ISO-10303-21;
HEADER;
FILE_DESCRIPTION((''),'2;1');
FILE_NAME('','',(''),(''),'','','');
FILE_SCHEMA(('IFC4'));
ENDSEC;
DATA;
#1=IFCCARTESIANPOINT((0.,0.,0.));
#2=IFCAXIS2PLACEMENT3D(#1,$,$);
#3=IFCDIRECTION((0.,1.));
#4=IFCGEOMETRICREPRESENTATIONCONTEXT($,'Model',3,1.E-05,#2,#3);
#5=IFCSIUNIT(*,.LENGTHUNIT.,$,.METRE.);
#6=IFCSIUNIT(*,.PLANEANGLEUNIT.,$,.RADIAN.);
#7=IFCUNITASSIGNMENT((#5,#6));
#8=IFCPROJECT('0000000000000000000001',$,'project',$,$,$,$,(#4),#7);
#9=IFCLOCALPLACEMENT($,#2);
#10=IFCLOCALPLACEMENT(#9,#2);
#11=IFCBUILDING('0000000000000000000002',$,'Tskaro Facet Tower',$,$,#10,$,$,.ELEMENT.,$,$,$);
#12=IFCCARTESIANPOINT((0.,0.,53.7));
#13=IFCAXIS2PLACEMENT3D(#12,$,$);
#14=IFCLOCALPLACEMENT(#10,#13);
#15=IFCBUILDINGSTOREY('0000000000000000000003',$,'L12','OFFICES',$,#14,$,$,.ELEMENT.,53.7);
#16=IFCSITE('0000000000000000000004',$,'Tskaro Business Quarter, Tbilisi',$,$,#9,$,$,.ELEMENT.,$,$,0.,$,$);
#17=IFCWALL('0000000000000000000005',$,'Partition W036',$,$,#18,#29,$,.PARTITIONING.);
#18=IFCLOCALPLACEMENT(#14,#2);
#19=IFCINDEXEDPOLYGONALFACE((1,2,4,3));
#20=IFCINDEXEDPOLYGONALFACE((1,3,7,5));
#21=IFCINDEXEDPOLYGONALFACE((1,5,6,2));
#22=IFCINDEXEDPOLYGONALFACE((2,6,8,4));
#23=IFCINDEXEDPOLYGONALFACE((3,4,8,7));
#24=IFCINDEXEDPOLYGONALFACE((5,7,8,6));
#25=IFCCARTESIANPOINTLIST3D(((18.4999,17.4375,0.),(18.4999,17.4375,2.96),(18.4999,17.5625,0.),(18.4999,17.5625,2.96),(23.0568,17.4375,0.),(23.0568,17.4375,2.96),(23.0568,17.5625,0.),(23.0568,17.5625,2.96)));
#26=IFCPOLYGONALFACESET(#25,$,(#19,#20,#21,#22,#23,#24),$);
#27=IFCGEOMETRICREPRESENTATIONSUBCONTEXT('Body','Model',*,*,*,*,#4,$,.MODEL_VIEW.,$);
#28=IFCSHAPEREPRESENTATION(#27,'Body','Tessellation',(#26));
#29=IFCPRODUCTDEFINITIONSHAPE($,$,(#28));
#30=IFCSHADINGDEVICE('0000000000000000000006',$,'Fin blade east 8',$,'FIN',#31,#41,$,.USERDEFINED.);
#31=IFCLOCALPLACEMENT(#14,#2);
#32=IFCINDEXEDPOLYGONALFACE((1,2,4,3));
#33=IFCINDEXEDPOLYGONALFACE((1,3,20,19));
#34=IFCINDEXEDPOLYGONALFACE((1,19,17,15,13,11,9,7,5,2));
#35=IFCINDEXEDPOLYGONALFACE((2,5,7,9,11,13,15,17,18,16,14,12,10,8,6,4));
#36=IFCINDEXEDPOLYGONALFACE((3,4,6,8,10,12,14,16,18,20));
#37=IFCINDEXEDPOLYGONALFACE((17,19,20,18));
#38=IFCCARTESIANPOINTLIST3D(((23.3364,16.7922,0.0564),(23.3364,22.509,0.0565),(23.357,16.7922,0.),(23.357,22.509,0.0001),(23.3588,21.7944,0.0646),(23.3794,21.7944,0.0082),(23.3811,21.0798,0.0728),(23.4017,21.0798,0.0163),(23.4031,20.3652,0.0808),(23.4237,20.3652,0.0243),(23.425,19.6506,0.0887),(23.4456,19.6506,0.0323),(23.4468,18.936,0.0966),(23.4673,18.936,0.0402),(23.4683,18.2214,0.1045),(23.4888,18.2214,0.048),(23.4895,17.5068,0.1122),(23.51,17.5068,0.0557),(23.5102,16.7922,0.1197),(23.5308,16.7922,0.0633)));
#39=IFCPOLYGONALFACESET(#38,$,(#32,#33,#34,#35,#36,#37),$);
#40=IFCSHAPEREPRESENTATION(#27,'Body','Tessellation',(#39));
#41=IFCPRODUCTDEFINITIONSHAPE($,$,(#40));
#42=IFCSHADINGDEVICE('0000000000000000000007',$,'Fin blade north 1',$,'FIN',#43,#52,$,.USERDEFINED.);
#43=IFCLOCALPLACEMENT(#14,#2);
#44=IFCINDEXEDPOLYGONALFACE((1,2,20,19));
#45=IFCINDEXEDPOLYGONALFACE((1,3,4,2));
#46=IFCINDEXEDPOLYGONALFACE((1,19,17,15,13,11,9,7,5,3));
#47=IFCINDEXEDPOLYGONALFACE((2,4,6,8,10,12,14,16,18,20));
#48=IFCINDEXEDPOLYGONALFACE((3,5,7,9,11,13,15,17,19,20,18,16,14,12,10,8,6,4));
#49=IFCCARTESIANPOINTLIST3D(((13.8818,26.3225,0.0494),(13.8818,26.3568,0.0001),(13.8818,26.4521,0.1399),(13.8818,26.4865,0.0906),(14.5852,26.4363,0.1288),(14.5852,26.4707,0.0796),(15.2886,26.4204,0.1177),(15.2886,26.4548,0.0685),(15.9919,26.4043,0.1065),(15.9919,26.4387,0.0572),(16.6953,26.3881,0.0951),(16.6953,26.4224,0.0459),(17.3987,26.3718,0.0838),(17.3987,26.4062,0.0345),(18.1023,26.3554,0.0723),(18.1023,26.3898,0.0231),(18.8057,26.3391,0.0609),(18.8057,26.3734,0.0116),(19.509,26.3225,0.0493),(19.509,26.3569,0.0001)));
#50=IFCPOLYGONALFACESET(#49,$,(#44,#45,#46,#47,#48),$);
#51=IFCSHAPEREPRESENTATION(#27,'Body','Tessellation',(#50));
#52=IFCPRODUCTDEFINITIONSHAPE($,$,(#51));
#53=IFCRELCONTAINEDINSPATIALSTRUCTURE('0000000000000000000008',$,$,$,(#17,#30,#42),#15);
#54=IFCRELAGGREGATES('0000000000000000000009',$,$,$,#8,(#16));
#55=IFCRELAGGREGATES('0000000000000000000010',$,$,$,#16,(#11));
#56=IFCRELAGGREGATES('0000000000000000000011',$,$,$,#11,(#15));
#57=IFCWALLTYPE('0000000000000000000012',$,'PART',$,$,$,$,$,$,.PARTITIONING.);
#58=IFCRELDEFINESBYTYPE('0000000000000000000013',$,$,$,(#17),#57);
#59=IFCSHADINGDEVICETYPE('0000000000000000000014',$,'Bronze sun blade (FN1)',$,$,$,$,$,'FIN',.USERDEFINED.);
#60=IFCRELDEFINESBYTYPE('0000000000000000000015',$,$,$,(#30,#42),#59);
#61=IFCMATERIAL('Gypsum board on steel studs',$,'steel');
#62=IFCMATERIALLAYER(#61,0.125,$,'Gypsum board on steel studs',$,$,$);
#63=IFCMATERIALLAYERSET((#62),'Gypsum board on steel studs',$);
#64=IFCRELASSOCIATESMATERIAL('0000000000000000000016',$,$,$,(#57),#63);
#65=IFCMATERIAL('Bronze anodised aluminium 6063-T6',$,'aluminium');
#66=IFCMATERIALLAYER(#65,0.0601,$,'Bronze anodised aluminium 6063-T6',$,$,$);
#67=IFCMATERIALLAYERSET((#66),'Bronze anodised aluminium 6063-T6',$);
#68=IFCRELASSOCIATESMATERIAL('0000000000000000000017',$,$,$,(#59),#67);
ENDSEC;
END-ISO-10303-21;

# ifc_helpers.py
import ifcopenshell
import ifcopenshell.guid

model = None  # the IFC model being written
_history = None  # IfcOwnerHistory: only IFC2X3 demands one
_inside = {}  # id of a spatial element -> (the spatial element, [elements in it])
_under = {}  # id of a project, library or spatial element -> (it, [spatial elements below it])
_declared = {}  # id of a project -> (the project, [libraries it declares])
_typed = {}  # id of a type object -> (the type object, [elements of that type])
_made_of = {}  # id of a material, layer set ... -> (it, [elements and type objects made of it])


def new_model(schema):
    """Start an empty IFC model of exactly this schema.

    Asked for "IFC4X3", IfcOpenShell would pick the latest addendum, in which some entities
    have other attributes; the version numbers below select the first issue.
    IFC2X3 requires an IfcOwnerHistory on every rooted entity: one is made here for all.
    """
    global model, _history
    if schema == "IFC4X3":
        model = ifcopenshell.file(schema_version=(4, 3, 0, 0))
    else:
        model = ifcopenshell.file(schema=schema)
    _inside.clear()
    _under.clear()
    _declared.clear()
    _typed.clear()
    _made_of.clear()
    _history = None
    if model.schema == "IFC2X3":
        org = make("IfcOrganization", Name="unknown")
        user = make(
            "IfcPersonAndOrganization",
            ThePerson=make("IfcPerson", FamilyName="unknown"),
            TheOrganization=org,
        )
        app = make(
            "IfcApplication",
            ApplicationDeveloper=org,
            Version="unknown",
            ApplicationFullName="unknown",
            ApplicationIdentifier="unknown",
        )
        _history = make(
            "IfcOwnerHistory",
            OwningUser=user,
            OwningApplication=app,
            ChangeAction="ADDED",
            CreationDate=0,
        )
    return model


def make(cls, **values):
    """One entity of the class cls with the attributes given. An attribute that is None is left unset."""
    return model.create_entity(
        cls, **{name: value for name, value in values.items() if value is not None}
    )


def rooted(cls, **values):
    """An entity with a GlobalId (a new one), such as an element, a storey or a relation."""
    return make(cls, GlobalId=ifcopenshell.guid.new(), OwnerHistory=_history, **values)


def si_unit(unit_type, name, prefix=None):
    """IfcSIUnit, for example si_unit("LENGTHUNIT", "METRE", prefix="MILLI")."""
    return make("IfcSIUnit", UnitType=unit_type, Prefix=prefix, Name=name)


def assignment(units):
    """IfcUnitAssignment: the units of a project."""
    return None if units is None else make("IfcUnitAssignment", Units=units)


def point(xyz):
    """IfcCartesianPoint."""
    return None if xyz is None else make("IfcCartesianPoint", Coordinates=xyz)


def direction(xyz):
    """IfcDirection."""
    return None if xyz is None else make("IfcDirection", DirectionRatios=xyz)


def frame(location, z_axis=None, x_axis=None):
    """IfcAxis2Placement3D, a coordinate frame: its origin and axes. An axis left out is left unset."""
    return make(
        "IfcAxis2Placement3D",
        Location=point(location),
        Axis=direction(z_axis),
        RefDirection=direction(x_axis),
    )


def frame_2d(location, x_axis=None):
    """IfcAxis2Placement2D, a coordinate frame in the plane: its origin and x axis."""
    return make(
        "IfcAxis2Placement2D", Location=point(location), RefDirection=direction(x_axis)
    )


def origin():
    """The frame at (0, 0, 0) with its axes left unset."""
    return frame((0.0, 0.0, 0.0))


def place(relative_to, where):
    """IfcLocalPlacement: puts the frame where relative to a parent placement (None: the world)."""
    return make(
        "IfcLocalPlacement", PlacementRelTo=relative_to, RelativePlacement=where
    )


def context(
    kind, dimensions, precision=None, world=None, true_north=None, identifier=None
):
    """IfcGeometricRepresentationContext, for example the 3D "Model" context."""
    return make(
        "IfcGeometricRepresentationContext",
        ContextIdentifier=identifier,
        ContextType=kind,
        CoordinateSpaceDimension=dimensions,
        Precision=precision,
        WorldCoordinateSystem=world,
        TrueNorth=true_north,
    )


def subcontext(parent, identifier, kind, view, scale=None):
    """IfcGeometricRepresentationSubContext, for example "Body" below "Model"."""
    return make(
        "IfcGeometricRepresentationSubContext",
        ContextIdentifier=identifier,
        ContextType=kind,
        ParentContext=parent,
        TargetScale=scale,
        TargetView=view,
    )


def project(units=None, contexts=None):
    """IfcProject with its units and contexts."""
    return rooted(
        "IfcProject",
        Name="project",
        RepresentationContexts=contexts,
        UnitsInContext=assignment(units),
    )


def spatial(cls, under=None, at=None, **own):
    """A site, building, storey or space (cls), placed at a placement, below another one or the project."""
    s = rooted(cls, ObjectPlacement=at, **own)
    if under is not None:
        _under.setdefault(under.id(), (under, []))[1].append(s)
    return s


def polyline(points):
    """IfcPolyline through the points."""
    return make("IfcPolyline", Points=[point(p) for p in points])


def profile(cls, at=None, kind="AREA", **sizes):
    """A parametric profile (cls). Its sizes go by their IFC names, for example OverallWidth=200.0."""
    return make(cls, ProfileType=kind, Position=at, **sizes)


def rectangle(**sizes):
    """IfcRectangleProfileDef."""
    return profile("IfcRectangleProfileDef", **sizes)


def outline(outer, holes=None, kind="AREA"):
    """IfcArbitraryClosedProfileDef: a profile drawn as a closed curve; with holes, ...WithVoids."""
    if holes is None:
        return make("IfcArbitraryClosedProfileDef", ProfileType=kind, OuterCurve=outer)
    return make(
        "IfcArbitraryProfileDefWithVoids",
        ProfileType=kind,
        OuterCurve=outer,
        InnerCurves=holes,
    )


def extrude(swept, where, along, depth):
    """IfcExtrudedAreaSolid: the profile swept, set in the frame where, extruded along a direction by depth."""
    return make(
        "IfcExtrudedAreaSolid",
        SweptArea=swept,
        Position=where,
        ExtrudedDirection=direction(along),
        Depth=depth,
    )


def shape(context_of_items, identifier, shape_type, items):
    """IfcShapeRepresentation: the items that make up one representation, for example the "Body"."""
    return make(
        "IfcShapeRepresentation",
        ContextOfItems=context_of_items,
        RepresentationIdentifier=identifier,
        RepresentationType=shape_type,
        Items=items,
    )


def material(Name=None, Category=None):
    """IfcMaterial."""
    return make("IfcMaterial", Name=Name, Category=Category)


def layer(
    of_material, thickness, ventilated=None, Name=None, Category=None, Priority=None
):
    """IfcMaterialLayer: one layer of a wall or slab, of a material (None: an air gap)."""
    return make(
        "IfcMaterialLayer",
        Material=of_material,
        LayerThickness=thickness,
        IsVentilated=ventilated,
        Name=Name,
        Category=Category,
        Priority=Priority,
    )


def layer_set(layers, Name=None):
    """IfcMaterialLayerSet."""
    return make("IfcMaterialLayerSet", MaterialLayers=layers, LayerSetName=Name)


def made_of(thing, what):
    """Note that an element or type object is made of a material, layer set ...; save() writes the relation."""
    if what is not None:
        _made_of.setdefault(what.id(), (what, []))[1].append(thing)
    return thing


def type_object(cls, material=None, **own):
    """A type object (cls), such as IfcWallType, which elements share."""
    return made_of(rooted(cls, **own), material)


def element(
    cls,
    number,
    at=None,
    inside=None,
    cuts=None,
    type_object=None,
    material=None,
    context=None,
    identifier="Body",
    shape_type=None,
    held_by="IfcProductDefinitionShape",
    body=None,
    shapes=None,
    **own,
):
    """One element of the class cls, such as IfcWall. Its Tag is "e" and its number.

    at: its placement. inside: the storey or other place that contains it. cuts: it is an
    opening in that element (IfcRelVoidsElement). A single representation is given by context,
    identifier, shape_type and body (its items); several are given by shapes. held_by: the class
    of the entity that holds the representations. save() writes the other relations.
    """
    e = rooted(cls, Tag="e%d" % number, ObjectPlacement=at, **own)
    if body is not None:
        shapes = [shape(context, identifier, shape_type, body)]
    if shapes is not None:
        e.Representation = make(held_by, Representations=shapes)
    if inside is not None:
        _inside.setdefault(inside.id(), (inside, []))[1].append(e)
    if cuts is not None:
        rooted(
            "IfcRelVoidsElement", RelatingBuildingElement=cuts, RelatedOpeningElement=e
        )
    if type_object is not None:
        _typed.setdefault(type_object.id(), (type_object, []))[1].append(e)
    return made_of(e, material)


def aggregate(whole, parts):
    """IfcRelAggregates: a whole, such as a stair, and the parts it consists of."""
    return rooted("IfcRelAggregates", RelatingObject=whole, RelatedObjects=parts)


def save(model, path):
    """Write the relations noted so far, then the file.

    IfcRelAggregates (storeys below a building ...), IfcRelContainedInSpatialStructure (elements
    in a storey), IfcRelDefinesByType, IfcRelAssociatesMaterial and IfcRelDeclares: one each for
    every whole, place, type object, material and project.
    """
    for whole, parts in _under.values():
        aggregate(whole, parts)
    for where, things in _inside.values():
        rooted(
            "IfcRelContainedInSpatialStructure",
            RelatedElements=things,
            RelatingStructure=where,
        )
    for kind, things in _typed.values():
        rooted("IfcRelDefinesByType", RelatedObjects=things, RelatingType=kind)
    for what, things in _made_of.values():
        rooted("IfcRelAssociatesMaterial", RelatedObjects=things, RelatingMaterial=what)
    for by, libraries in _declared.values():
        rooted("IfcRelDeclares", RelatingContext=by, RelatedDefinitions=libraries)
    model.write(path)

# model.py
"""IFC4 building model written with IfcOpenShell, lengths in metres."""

from ifc_helpers import new_model, si_unit, direction, frame, frame_2d, origin, place, context, subcontext, project, spatial, polyline, rectangle, outline, extrude, material, layer, layer_set, type_object, element, save


model = new_model("IFC4")

# Units and contexts
model_context = context("Model", 3, precision=1e-05, world=origin(), true_north=direction((0.0, 1.0)))
body_context = subcontext(model_context, "Body", "Model", "MODEL_VIEW")
ifc_project = project(units=[si_unit("LENGTHUNIT", "METRE"), si_unit("PLANEANGLEUNIT", "RADIAN")], contexts=[model_context])

# Site, building, storey
site_placement = place(None, origin())
site = spatial("IfcSite", under=ifc_project, at=site_placement, Name="Tskaro Business Quarter, Tbilisi", CompositionType="ELEMENT", RefElevation=0.0)
building_placement = place(site_placement, origin())
building = spatial("IfcBuilding", under=site, at=building_placement, Name="Tskaro Facet Tower", CompositionType="ELEMENT")
storey_placement = place(building_placement, frame((0.0, 0.0, 53.7)))
storey = spatial("IfcBuildingStorey", under=building, at=storey_placement, Name="L12", Description="OFFICES", CompositionType="ELEMENT", Elevation=53.7)

# Shared definitions
ifc_material_1 = material(Name="Bronze anodised aluminium 6063-T6", Category="aluminium")

# Wall
ifc_material_2 = material(Name="Gypsum board on steel studs", Category="steel")
ifc_layer_1 = layer(ifc_material_2, 0.125, Name="Gypsum board on steel studs")
ifc_layer_set_1 = layer_set([ifc_layer_1], Name="Gypsum board on steel studs")
wall_type = type_object("IfcWallType", Name="PART", PredefinedType="PARTITIONING", material=ifc_layer_set_1)
wall_placement = place(storey_placement, frame((18.5, 17.5, 0.0), z_axis=(0.0, 0.0, 1.0), x_axis=(1.0, 0.0, 0.0)))
element("IfcWall", 1, at=wall_placement, inside=storey, type_object=wall_type, Name="Partition W036", PredefinedType="PARTITIONING", context=body_context, shape_type="SweptSolid", body=[
    extrude(rectangle(XDim=4.5569, YDim=0.125, at=frame_2d((2.2783, 0.0))), origin(), (0.0, 0.0, 1.0), 2.96),
])

# Shading devices
ifc_layer_2 = layer(ifc_material_1, 0.0601, Name="Bronze anodised aluminium 6063-T6")
ifc_layer_set_2 = layer_set([ifc_layer_2], Name="Bronze anodised aluminium 6063-T6")
shading_device_type = type_object("IfcShadingDeviceType", Name="Bronze sun blade (FN1)", ElementType="FIN", PredefinedType="USERDEFINED", material=ifc_layer_set_2)
shading_device_1_placement = place(storey_placement, frame((23.3364, 16.7922, 0.0564), z_axis=(-0.342331, -0.000017, 0.939579), x_axis=(-0.000006, 1.0, 0.000016)))
element("IfcShadingDevice", 2, at=shading_device_1_placement, inside=storey, type_object=shading_device_type, Name="Fin blade east 8", ObjectType="FIN", PredefinedType="USERDEFINED", context=body_context, shape_type="SweptSolid", body=[
    extrude(outline(polyline([(0.0, 0.0), (5.7168, 0.0), (5.0022, -0.0239), (4.2876, -0.0476), (3.573, -0.071), (2.8584, -0.0943), (2.1438, -0.1175), (1.4292, -0.1403), (0.7146, -0.1629), (0.0, -0.185), (0.0, 0.0)])), origin(), (0.0, 0.0, -1.0), 0.0601),
])
shading_device_2_placement = place(storey_placement, frame((19.509, 26.3225, 0.0493), z_axis=(0.000015, -0.572292, 0.82005), x_axis=(-1.0, -0.000009, 0.000013)))
element("IfcShadingDevice", 3, at=shading_device_2_placement, inside=storey, type_object=shading_device_type, Name="Fin blade north 1", ObjectType="FIN", PredefinedType="USERDEFINED", context=body_context, shape_type="SweptSolid", body=[
    extrude(outline(polyline([(0.0, 0.0), (5.6272, 0.0), (5.6272, -0.1581), (4.9238, -0.1388), (4.2205, -0.1194), (3.5171, -0.0998), (2.8137, -0.08), (2.1104, -0.0601), (1.4067, -0.0402), (0.7034, -0.0202), (0.0, 0.0)])), origin(), (0.0, 0.0, -1.0), 0.0601),
])

save(model, "model.ifc")
